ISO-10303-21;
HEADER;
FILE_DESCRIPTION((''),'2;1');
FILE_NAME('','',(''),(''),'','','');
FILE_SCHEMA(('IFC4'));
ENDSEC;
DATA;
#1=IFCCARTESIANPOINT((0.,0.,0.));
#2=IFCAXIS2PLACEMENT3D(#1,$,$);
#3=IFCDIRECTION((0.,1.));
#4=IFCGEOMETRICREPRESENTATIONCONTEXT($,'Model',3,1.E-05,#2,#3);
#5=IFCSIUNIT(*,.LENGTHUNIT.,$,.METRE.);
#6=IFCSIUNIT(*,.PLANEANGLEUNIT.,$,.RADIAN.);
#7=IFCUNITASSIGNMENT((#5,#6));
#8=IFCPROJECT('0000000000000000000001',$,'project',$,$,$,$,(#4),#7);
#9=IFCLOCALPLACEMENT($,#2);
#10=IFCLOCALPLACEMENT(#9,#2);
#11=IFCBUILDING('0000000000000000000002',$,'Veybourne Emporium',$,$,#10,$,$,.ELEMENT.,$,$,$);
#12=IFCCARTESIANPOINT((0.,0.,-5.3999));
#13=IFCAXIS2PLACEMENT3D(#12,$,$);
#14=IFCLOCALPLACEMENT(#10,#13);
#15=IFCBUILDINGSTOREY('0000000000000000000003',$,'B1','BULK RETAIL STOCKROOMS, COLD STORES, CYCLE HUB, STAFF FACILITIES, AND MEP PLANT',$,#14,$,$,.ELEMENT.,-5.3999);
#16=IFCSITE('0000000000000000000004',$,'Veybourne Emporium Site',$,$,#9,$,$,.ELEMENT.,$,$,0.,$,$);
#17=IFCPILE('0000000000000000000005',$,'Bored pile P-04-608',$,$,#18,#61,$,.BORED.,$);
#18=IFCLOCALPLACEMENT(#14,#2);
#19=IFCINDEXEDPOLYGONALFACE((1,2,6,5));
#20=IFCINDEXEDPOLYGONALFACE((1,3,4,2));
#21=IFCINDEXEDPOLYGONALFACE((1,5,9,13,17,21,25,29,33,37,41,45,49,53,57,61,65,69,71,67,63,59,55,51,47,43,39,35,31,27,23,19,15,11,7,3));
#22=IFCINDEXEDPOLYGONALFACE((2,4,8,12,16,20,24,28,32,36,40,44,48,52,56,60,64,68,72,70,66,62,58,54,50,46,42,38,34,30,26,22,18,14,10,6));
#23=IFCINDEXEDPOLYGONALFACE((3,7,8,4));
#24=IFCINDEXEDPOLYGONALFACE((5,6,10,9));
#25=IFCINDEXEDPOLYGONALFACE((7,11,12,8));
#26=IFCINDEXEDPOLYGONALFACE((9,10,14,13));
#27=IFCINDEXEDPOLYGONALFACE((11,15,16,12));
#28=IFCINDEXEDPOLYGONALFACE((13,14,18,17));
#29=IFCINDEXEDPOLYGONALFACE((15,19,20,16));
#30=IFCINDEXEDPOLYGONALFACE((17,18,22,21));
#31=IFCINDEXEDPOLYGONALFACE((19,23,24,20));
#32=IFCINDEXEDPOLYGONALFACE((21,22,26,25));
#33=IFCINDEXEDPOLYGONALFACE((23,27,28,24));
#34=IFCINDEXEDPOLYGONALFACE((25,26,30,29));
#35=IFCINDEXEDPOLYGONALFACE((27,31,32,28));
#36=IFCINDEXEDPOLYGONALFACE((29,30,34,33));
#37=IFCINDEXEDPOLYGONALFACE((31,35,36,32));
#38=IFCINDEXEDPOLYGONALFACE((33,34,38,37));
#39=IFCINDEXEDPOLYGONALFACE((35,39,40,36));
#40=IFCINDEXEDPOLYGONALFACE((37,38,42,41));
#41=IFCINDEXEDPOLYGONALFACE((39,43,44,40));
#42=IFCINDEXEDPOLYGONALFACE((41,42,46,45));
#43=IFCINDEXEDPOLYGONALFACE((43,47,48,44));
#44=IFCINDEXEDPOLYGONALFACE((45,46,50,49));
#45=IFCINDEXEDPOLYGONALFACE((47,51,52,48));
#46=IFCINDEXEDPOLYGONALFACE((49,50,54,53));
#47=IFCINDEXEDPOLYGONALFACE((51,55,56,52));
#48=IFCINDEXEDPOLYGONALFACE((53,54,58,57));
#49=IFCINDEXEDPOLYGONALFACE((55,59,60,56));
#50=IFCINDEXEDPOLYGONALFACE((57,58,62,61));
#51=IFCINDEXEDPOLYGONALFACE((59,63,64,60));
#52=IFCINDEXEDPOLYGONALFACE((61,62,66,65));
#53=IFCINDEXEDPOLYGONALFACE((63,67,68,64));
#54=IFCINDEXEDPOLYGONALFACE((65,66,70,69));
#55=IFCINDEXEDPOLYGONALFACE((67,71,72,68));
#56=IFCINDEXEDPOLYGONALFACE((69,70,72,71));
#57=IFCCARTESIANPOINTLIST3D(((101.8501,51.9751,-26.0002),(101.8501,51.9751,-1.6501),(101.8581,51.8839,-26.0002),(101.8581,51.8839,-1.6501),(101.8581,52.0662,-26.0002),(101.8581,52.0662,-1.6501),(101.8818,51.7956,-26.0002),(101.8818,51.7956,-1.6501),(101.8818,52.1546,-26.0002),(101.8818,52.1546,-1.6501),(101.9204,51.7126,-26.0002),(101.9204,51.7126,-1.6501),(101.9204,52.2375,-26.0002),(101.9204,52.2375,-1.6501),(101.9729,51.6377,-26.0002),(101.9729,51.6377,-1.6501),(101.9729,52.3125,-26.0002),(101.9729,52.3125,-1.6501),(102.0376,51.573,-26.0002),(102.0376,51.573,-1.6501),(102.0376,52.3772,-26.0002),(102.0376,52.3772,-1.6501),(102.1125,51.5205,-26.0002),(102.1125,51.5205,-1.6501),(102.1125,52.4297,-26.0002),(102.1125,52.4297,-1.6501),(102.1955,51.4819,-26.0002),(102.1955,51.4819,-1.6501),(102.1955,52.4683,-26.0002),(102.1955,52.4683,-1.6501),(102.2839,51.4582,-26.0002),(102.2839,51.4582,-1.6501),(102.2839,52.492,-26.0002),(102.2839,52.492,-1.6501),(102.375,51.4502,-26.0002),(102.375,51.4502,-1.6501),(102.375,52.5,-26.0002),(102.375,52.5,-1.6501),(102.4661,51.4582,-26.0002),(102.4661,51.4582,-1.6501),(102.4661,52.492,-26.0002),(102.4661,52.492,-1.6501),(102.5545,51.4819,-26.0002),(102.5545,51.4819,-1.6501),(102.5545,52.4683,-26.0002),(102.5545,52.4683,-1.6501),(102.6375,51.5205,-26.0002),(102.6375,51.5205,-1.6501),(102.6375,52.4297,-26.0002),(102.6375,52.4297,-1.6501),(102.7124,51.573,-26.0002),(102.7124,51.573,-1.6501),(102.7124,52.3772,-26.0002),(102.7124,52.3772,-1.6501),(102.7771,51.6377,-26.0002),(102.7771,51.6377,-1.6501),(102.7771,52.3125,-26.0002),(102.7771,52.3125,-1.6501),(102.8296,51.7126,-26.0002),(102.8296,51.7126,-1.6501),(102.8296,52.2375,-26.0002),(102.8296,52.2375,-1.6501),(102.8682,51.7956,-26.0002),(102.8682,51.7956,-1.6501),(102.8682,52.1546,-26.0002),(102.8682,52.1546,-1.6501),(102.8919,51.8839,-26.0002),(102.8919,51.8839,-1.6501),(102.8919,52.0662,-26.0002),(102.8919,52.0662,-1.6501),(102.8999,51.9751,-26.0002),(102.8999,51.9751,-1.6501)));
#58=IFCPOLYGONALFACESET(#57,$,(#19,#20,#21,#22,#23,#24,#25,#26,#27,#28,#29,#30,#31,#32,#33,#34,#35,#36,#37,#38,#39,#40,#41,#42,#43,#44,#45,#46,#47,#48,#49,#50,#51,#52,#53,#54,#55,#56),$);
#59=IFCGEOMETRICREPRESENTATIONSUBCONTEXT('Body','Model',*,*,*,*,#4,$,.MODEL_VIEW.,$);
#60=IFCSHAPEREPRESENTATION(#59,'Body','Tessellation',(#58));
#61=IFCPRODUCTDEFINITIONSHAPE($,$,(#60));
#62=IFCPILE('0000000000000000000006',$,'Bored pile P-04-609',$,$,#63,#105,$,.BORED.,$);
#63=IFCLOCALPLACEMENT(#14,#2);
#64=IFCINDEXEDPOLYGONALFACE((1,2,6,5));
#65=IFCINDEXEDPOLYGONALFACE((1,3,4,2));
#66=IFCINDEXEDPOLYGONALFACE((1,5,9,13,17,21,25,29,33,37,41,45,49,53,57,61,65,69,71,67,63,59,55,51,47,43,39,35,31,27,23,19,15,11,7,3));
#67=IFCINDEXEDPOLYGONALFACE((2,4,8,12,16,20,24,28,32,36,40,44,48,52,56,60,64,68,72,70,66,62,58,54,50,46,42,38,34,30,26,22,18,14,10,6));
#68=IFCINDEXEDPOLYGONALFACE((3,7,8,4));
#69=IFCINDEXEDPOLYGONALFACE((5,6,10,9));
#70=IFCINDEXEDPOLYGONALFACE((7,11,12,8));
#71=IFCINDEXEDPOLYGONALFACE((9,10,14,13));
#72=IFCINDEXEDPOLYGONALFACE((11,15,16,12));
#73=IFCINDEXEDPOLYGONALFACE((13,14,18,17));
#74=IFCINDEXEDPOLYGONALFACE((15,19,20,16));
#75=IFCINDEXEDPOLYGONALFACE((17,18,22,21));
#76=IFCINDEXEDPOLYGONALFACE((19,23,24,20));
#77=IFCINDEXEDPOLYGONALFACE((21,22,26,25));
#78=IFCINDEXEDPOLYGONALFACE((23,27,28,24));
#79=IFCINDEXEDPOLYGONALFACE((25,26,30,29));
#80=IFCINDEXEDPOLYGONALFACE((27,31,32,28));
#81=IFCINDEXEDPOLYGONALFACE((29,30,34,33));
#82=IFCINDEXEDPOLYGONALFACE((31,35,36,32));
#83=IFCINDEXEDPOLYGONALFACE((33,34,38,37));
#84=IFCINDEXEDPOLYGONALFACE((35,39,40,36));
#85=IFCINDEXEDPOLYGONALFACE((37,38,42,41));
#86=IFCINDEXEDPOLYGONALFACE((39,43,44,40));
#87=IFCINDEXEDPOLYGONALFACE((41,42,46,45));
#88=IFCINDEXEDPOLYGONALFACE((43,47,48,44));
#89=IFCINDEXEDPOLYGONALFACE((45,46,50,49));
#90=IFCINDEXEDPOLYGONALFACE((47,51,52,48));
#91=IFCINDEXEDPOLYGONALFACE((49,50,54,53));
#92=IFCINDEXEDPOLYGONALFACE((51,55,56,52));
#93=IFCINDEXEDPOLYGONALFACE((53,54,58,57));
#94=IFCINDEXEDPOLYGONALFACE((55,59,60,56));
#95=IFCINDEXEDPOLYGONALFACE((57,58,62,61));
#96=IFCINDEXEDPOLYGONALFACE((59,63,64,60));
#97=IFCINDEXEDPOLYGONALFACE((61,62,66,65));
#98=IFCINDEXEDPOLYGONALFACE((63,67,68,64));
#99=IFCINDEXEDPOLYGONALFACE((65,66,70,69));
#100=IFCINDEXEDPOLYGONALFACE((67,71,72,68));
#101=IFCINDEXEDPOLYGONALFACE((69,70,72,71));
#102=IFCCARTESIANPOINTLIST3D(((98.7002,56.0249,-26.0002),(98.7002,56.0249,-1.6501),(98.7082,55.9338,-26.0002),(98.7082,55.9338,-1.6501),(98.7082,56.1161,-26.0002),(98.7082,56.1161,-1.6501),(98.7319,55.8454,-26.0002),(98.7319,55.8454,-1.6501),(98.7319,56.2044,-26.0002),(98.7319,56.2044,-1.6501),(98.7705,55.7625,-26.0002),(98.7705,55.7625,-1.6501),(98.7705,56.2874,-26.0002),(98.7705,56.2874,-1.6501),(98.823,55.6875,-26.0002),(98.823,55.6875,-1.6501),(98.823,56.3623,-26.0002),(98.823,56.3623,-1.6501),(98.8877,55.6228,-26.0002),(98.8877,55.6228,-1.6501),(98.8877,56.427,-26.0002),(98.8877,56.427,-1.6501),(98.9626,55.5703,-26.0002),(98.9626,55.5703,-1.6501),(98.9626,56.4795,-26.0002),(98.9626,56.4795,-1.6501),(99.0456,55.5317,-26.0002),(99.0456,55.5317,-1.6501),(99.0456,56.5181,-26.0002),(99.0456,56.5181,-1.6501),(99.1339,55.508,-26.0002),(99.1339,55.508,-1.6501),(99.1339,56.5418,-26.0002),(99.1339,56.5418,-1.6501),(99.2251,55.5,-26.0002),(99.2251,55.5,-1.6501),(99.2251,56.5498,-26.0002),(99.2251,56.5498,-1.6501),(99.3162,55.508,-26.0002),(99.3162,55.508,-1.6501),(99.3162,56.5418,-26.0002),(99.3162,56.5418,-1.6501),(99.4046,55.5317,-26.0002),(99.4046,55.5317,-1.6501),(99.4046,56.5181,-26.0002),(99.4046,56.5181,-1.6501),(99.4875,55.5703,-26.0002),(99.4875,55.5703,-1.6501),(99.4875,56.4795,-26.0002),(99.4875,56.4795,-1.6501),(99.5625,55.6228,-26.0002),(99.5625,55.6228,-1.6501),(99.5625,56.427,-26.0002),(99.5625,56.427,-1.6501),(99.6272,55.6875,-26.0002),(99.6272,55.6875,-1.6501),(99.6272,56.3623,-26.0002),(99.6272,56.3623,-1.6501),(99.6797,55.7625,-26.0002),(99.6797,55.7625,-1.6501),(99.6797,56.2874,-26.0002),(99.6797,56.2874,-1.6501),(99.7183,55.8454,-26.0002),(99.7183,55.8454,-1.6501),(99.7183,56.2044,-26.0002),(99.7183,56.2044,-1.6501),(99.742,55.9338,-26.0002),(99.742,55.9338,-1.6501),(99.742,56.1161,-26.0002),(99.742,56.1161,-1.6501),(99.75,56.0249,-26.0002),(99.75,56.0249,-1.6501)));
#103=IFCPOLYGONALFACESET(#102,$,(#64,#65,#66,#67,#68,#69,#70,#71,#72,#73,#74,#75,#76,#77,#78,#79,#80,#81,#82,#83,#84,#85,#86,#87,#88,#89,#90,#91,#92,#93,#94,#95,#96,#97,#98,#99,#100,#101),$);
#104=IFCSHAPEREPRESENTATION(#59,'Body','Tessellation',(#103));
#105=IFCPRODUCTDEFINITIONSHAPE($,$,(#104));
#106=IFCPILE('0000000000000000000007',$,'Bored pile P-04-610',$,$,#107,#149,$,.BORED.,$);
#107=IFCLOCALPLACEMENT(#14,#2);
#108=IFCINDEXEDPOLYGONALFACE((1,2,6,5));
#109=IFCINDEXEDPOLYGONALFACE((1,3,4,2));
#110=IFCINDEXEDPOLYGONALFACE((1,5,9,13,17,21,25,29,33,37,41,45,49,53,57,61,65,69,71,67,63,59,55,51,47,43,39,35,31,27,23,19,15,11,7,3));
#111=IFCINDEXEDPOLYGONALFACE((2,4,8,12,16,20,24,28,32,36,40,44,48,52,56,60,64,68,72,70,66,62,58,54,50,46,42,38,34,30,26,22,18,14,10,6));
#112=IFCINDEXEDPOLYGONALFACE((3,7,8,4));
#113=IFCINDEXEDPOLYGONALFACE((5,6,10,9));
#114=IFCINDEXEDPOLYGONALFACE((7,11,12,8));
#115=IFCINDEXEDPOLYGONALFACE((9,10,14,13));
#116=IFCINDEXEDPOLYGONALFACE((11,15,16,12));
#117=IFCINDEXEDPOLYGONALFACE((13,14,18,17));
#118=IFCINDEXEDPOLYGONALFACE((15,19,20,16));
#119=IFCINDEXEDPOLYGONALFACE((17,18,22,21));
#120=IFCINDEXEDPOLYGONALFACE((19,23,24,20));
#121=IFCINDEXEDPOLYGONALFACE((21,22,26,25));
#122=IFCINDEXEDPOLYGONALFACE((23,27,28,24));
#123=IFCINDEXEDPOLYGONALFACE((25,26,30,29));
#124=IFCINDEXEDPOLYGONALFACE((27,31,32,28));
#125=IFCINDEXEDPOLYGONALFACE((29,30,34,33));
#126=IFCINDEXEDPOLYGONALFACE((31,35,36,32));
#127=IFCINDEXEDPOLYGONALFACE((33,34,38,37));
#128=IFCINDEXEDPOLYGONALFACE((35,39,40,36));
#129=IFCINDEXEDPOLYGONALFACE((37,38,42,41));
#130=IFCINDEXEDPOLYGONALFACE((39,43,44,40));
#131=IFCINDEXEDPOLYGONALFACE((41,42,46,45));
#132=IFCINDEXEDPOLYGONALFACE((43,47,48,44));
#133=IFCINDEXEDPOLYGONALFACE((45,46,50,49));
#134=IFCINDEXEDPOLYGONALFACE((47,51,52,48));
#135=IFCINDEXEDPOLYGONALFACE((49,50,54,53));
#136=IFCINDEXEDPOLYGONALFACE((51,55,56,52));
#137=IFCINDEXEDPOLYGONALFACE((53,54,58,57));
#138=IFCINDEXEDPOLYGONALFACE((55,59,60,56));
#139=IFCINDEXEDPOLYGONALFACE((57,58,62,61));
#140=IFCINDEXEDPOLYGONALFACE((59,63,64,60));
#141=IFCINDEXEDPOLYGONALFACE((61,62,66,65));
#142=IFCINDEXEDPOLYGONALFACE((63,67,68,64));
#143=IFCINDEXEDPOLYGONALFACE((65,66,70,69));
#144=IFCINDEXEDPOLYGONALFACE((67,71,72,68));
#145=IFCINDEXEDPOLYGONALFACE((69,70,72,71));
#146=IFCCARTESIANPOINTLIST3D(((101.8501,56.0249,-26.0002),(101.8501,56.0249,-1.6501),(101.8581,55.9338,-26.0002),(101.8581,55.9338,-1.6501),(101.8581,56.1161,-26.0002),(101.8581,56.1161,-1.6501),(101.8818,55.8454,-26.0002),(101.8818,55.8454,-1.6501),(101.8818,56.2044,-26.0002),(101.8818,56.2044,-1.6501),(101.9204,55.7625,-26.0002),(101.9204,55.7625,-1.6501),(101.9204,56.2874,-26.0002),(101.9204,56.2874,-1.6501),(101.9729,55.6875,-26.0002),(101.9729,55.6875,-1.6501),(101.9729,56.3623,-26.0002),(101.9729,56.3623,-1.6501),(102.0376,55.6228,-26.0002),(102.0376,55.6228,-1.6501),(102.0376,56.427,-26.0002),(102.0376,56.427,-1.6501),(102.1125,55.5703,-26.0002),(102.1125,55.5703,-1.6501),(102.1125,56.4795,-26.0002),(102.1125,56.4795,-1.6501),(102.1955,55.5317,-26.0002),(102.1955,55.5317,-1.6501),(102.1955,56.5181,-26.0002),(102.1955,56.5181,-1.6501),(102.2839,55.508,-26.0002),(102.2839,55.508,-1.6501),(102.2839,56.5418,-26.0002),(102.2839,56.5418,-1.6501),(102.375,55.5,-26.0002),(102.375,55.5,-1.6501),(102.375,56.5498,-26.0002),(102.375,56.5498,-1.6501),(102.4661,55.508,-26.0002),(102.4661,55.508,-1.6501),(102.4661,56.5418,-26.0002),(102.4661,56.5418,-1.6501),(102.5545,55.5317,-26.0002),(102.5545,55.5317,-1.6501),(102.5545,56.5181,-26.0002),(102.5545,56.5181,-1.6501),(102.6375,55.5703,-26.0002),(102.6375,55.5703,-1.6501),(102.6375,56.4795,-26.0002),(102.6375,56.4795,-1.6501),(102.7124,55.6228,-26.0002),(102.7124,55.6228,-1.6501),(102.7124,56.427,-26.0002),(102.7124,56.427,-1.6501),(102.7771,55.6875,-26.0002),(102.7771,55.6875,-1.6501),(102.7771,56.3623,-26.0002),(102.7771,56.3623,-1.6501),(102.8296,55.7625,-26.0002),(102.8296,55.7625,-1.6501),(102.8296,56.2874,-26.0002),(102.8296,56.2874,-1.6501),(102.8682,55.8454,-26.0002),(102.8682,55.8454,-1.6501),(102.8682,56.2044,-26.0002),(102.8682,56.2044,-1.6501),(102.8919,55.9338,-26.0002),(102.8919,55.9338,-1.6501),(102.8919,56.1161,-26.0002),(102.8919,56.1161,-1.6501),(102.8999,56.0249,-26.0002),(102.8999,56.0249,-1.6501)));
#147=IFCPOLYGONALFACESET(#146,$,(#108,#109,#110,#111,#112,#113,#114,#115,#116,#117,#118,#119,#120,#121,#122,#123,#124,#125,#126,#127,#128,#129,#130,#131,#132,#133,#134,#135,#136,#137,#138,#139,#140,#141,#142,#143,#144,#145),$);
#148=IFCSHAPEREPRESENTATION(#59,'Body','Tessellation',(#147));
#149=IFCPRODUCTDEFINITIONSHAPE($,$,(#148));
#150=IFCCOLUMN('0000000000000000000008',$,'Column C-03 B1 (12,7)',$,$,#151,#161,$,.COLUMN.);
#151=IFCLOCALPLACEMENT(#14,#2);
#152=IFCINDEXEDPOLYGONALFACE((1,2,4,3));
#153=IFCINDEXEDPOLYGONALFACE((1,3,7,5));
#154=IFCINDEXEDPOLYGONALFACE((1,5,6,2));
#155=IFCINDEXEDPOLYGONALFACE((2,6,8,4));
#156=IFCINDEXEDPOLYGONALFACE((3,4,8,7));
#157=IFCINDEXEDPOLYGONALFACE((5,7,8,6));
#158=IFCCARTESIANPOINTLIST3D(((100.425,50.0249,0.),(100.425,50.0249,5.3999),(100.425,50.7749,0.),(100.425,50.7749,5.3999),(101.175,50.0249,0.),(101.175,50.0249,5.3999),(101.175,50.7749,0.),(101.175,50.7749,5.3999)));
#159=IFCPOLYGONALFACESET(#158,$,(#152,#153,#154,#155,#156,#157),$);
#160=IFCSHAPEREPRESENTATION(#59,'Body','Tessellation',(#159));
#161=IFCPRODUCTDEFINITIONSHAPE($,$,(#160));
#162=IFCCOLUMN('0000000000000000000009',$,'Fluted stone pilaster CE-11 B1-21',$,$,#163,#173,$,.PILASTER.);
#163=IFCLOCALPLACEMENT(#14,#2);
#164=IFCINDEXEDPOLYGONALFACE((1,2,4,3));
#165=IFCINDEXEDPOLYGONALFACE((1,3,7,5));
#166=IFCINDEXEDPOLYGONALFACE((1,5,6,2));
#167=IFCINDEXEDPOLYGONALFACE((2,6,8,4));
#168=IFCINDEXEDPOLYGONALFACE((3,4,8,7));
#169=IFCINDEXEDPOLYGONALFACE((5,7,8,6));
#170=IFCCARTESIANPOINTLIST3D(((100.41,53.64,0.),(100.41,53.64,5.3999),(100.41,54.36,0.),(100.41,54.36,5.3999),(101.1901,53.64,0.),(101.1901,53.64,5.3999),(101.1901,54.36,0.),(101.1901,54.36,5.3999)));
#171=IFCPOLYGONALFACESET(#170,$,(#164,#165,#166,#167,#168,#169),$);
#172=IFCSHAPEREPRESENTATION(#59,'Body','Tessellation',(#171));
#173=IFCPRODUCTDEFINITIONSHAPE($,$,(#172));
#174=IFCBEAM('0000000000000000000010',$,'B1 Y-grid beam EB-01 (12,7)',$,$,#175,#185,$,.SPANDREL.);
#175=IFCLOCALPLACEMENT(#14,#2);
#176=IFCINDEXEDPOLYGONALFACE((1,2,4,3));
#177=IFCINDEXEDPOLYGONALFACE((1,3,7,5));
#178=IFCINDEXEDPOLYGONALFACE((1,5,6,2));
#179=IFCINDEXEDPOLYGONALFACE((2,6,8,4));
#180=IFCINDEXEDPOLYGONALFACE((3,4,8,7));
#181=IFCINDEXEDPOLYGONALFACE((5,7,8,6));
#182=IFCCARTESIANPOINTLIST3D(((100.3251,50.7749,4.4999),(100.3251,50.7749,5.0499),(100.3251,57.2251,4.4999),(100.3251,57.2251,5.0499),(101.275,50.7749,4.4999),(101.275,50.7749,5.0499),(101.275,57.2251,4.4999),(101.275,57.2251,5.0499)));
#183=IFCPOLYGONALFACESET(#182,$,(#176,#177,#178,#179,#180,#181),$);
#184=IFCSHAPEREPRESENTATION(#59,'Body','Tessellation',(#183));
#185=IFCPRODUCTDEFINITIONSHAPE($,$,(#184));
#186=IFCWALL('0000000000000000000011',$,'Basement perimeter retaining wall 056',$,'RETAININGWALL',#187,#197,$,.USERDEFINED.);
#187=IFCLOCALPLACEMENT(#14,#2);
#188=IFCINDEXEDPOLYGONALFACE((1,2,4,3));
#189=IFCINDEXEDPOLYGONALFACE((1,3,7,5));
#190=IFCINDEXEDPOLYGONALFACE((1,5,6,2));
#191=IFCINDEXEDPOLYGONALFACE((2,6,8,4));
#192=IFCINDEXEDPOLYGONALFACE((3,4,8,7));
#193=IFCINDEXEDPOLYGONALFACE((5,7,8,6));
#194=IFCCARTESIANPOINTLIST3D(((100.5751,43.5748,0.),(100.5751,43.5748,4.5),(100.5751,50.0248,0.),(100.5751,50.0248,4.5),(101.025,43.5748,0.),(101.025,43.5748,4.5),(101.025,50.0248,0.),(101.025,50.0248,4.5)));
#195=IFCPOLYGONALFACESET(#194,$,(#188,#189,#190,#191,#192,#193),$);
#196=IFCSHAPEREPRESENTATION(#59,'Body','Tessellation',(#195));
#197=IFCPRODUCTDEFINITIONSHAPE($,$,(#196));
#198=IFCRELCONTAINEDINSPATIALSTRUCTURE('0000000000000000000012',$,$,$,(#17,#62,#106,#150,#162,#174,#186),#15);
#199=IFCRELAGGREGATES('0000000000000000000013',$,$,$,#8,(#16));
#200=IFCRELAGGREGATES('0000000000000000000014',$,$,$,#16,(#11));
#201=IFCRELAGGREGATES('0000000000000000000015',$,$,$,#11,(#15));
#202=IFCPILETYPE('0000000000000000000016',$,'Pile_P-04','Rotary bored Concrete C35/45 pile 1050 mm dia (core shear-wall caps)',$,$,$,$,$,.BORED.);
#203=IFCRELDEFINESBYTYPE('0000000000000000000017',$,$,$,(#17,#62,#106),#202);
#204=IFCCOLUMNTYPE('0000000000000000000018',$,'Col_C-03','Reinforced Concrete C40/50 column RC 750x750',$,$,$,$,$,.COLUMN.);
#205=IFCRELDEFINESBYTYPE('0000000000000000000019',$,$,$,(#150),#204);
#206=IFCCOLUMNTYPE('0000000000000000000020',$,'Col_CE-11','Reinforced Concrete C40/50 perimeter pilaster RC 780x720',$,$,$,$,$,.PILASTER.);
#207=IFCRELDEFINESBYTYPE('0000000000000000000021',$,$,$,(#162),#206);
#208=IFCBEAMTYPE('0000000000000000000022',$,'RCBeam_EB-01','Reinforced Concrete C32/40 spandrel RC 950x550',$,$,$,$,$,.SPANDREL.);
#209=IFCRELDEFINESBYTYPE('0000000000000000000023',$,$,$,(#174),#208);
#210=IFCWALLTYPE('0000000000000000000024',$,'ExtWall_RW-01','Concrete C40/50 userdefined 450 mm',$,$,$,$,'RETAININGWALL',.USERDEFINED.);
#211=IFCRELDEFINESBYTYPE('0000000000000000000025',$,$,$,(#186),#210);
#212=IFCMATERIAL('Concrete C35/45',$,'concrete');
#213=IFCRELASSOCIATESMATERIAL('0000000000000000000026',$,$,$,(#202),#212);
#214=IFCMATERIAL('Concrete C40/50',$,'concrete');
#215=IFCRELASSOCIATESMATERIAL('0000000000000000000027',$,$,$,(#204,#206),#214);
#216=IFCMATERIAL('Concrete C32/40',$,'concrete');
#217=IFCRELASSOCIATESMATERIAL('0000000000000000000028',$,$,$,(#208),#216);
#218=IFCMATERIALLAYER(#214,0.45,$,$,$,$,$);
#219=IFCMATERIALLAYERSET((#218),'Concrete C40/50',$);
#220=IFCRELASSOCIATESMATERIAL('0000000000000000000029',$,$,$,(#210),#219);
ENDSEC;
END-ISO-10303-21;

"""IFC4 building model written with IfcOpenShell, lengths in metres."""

from ifc_helpers import new_model, si_unit, direction, frame, frame_2d, origin, origin_2d, place, context, subcontext, project, spatial, rectangle, circle, extrude, material, layer, layer_set, material_profile, profile_set, type_object, element, save


model = new_model("IFC4")

# Units and contexts
model_context = context("Model", 3, precision=1e-05, world=origin(), true_north=direction((0.0, 1.0)))
body_context = subcontext(model_context, "Body", "Model", "MODEL_VIEW")
ifc_project = project(units=[si_unit("LENGTHUNIT", "METRE"), si_unit("PLANEANGLEUNIT", "RADIAN")], contexts=[model_context])

# Site, building, storey
site_placement = place(None, origin())
site = spatial("IfcSite", under=ifc_project, at=site_placement, Name="Veybourne Emporium Site", CompositionType="ELEMENT", RefElevation=0.0)
building_placement = place(site_placement, origin())
building = spatial("IfcBuilding", under=site, at=building_placement, Name="Veybourne Emporium", CompositionType="ELEMENT")
storey_placement = place(building_placement, frame((0.0, 0.0, -5.3999)))
storey = spatial("IfcBuildingStorey", under=building, at=storey_placement, Name="B1", Description="BULK RETAIL STOCKROOMS, COLD STORES, CYCLE HUB, STAFF FACILITIES, AND MEP PLANT", CompositionType="ELEMENT", Elevation=-5.3999)

# Shared definitions
ifc_material_1 = material(Name="Concrete C35/45", Category="concrete")

# Piles
ifc_material_profile_1 = material_profile(ifc_material_1, circle(Radius=0.5249, at=origin_2d()), Name="BORED PILE 1050")
ifc_profile_set_1 = profile_set([ifc_material_profile_1], Name="Concrete C35/45")
pile_type = type_object("IfcPileType", Name="Pile_P-04", Description="Rotary bored Concrete C35/45 pile 1050 mm dia (core shear-wall caps)", PredefinedType="BORED", material=ifc_profile_set_1)
for number, where, z_axis, x_axis, name in (
    (1, (102.375, 51.9751, -1.6501), (0.0, 0.0, -1.0), (1.0, 0.0, 0.0), "Bored pile P-04-608"),
    (2, (99.2251, 56.0249, -1.6501), (0.0, 0.0, -1.0), (1.0, 0.0, 0.0), "Bored pile P-04-609"),
    (3, (102.375, 56.0249, -1.6501), (0.0, 0.0, -1.0), (1.0, 0.0, 0.0), "Bored pile P-04-610"),
):
    element("IfcPile", number, at=place(storey_placement, frame(where, z_axis=z_axis, x_axis=x_axis)), inside=storey, type_object=pile_type, Name=name, PredefinedType="BORED", context=body_context, shape_type="SweptSolid", body=[
        extrude(circle(Radius=0.5249, at=origin_2d()), origin(), (0.0, 0.0, 1.0), 24.3501),
    ])

# Columns
ifc_material_2 = material(Name="Concrete C40/50", Category="concrete")
ifc_material_profile_2 = material_profile(ifc_material_2, rectangle(XDim=0.75, YDim=0.75, at=origin_2d()), Name="RC 750x750")
ifc_profile_set_2 = profile_set([ifc_material_profile_2], Name="Concrete C40/50")
column_type_1 = type_object("IfcColumnType", Name="Col_C-03", Description="Reinforced Concrete C40/50 column RC 750x750", PredefinedType="COLUMN", material=ifc_profile_set_2)
column_1_placement = place(storey_placement, frame((100.8, 50.3999, 0.0), z_axis=(0.0, 0.0, 1.0), x_axis=(1.0, 0.0, 0.0)))
element("IfcColumn", 4, at=column_1_placement, inside=storey, type_object=column_type_1, Name="Column C-03 B1 (12,7)", PredefinedType="COLUMN", context=body_context, shape_type="SweptSolid", body=[
    extrude(rectangle(XDim=0.75, YDim=0.75, at=origin_2d()), origin(), (0.0, 0.0, 1.0), 5.3999),
])
ifc_material_profile_3 = material_profile(ifc_material_2, rectangle(XDim=0.78, YDim=0.72, at=origin_2d()), Name="RC 780x720")
ifc_profile_set_3 = profile_set([ifc_material_profile_3], Name="Concrete C40/50")
column_type_2 = type_object("IfcColumnType", Name="Col_CE-11", Description="Reinforced Concrete C40/50 perimeter pilaster RC 780x720", PredefinedType="PILASTER", material=ifc_profile_set_3)
column_2_placement = place(storey_placement, frame((100.8, 54.0, 0.0), z_axis=(0.0, 0.0, 1.0), x_axis=(1.0, 0.0, 0.0)))
element("IfcColumn", 5, at=column_2_placement, inside=storey, type_object=column_type_2, Name="Fluted stone pilaster CE-11 B1-21", PredefinedType="PILASTER", context=body_context, shape_type="SweptSolid", body=[
    extrude(rectangle(XDim=0.78, YDim=0.72, at=origin_2d()), origin(), (0.0, 0.0, 1.0), 5.3999),
])

# Beam
ifc_material_3 = material(Name="Concrete C32/40", Category="concrete")
ifc_material_profile_4 = material_profile(ifc_material_3, rectangle(XDim=0.95, YDim=0.55, at=origin_2d()), Name="RC 950x550")
ifc_profile_set_4 = profile_set([ifc_material_profile_4], Name="Concrete C32/40")
beam_type = type_object("IfcBeamType", Name="RCBeam_EB-01", Description="Reinforced Concrete C32/40 spandrel RC 950x550", PredefinedType="SPANDREL", material=ifc_profile_set_4)
beam_placement = place(storey_placement, frame((100.8, 50.7749, 4.7749), z_axis=(0.0, 1.0, 0.0), x_axis=(-1.0, 0.0, 0.0)))
element("IfcBeam", 6, at=beam_placement, inside=storey, type_object=beam_type, Name="B1 Y-grid beam EB-01 (12,7)", PredefinedType="SPANDREL", context=body_context, shape_type="SweptSolid", body=[
    extrude(rectangle(XDim=0.95, YDim=0.55, at=origin_2d()), origin(), (0.0, 0.0, 1.0), 6.4502),
])

# Wall
ifc_layer_1 = layer(ifc_material_2, 0.45)
ifc_layer_set_1 = layer_set([ifc_layer_1], Name="Concrete C40/50")
wall_type_1 = type_object("IfcWallType", Name="ExtWall_RW-01", Description="Concrete C40/50 userdefined 450 mm", ElementType="RETAININGWALL", PredefinedType="USERDEFINED", material=ifc_layer_set_1)
wall_1_placement = place(storey_placement, frame((100.8, 50.0249, 0.0), z_axis=(0.0, 0.0, 1.0), x_axis=(0.0, -1.0, 0.0)))
element("IfcWall", 7, at=wall_1_placement, inside=storey, type_object=wall_type_1, Name="Basement perimeter retaining wall 056", ObjectType="RETAININGWALL", PredefinedType="USERDEFINED", context=body_context, shape_type="SweptSolid", body=[
    extrude(rectangle(XDim=6.45, YDim=0.45, at=frame_2d((3.2251, 0.0))), origin(), (0.0, 0.0, 1.0), 4.5),
])

save(model, "model.ifc")
